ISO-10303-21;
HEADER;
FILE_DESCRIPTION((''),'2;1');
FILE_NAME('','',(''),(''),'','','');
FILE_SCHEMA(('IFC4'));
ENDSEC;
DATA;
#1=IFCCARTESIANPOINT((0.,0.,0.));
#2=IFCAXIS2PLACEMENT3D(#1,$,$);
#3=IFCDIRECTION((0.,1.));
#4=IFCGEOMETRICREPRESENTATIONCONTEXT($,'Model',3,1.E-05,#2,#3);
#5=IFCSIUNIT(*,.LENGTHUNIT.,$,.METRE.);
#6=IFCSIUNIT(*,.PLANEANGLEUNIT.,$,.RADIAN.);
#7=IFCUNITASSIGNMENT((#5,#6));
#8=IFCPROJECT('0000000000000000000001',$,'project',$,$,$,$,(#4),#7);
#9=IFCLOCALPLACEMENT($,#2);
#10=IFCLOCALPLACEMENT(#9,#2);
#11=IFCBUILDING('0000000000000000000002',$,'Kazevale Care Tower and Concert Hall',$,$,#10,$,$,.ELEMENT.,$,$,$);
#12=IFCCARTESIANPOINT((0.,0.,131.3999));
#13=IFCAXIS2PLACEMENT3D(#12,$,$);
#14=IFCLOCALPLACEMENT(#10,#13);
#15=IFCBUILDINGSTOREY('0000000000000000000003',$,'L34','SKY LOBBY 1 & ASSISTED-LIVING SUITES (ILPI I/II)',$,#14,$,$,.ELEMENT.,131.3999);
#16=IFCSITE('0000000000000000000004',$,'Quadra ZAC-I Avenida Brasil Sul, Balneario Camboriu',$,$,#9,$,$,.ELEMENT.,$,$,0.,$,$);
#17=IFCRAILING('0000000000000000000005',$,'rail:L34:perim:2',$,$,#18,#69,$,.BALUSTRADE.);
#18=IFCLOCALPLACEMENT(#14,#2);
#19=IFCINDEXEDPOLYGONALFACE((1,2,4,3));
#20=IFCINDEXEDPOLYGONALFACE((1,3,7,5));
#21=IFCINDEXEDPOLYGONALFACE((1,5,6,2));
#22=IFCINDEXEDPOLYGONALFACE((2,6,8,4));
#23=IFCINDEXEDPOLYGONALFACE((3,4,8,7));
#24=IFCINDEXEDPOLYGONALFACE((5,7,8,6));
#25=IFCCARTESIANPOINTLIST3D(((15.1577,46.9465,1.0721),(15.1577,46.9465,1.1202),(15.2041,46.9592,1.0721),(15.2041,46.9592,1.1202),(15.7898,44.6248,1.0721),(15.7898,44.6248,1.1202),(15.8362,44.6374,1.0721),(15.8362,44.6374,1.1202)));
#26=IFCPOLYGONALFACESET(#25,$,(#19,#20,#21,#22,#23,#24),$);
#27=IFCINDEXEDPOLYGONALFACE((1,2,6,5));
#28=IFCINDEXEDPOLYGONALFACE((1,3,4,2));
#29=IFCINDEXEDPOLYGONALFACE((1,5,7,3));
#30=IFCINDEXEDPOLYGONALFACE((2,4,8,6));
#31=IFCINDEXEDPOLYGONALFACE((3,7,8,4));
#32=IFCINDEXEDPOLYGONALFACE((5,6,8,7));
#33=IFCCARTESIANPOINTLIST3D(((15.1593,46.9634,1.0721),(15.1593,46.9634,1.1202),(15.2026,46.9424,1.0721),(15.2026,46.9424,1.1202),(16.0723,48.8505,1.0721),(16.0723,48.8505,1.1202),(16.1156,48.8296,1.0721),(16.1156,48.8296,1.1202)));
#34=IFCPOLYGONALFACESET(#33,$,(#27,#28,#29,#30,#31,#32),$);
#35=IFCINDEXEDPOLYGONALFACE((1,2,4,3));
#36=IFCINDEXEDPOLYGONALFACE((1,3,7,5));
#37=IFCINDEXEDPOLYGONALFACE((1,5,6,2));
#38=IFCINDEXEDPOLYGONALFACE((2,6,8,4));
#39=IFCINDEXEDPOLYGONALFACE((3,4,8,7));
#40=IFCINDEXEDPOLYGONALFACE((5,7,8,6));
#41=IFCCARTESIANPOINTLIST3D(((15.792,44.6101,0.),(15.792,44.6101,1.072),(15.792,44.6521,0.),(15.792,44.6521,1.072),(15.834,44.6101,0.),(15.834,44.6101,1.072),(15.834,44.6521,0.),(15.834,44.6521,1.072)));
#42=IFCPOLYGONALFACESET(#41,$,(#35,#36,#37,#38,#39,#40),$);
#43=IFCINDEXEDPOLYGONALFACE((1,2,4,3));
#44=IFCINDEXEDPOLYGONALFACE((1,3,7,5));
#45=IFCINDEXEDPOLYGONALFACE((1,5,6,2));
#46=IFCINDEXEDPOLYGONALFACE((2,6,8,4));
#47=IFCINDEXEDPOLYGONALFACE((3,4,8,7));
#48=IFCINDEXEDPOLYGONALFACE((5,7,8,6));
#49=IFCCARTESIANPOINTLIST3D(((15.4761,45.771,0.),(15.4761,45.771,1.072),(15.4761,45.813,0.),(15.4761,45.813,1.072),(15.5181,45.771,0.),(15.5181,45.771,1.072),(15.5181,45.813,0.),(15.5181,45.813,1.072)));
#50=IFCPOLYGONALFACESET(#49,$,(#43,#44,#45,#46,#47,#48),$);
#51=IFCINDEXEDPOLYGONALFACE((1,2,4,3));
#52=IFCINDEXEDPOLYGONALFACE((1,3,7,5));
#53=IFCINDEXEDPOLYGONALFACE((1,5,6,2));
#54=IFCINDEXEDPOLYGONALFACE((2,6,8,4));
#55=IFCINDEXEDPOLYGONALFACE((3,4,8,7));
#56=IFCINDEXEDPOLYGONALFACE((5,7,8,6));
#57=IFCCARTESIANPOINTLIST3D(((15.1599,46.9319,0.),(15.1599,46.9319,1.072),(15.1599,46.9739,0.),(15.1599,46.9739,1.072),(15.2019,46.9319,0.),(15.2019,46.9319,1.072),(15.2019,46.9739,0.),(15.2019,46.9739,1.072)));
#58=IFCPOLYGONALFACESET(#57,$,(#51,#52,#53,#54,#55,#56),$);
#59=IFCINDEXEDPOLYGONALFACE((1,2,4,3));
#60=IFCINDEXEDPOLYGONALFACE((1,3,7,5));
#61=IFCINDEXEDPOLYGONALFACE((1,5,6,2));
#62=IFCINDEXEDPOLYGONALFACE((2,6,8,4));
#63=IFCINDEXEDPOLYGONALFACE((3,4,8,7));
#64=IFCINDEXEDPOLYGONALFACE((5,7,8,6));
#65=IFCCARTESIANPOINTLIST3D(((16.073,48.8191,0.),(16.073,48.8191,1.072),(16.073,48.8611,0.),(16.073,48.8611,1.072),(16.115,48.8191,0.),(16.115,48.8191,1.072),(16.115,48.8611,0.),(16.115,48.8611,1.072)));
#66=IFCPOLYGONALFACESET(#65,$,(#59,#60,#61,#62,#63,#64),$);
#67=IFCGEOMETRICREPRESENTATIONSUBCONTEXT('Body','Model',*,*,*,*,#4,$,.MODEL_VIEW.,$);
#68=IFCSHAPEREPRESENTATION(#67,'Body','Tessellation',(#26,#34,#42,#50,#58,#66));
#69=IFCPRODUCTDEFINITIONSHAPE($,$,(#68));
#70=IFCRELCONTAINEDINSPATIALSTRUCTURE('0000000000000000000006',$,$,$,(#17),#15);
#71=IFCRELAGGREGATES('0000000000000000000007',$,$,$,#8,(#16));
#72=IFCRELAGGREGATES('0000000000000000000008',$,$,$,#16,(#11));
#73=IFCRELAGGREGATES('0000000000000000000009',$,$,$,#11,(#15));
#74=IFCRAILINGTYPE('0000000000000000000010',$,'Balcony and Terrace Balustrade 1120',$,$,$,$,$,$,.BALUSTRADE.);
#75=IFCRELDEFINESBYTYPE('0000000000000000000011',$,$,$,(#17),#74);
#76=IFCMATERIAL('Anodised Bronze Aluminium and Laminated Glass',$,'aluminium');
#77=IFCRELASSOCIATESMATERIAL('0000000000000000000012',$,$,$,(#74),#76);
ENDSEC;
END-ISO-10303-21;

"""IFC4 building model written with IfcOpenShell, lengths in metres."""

from ifc_helpers import new_model, si_unit, direction, frame, origin, origin_2d, place, context, subcontext, project, spatial, rectangle, extrude, material, type_object, element, save


model = new_model("IFC4")

# Units and contexts
model_context = context("Model", 3, precision=1e-05, world=origin(), true_north=direction((0.0, 1.0)))
body_context = subcontext(model_context, "Body", "Model", "MODEL_VIEW")
ifc_project = project(units=[si_unit("LENGTHUNIT", "METRE"), si_unit("PLANEANGLEUNIT", "RADIAN")], contexts=[model_context])

# Site, building, storey
site_placement = place(None, origin())
site = spatial("IfcSite", under=ifc_project, at=site_placement, Name="Quadra ZAC-I Avenida Brasil Sul, Balneario Camboriu", CompositionType="ELEMENT", RefElevation=0.0)
building_placement = place(site_placement, origin())
building = spatial("IfcBuilding", under=site, at=building_placement, Name="Kazevale Care Tower and Concert Hall", CompositionType="ELEMENT")
storey_placement = place(building_placement, frame((0.0, 0.0, 131.3999)))
storey = spatial("IfcBuildingStorey", under=building, at=storey_placement, Name="L34", Description="SKY LOBBY 1 & ASSISTED-LIVING SUITES (ILPI I/II)", CompositionType="ELEMENT", Elevation=131.3999)

# Railing
ifc_material_1 = material(Name="Anodised Bronze Aluminium and Laminated Glass", Category="aluminium")
railing_type = type_object("IfcRailingType", Name="Balcony and Terrace Balustrade 1120", PredefinedType="BALUSTRADE", material=ifc_material_1)
railing_placement = place(storey_placement, frame((15.813, 44.6311, 0.0)))
element("IfcRailing", 1, at=railing_placement, inside=storey, type_object=railing_type, Name="rail:L34:perim:2", PredefinedType="BALUSTRADE", context=body_context, shape_type="SweptSolid", body=[
    extrude(rectangle(XDim=0.0481, YDim=0.0481, at=origin_2d()), frame((0.0, 0.0, 1.0962), z_axis=(-0.26268, 0.964883, 0.0), x_axis=(-0.964883, -0.26268, 0.0)), (0.0, 0.0, 1.0), 2.4062),
    extrude(rectangle(XDim=0.0481, YDim=0.0481, at=origin_2d()), frame((-0.6321, 2.3218, 1.0962), z_axis=(0.43553, 0.900174, 0.0), x_axis=(-0.900174, 0.43553, 0.0)), (0.0, 0.0, 1.0), 2.0964),
    extrude(rectangle(XDim=0.042, YDim=0.042, at=origin_2d()), origin(), (0.0, 0.0, 1.0), 1.072),
    extrude(rectangle(XDim=0.042, YDim=0.042, at=origin_2d()), frame((-0.3159, 1.1609, 0.0)), (0.0, 0.0, 1.0), 1.072),
    extrude(rectangle(XDim=0.042, YDim=0.042, at=origin_2d()), frame((-0.6321, 2.3218, 0.0)), (0.0, 0.0, 1.0), 1.072),
    extrude(rectangle(XDim=0.042, YDim=0.042, at=origin_2d()), frame((0.281, 4.209, 0.0)), (0.0, 0.0, 1.0), 1.072),
])

save(model, "model.ifc")
